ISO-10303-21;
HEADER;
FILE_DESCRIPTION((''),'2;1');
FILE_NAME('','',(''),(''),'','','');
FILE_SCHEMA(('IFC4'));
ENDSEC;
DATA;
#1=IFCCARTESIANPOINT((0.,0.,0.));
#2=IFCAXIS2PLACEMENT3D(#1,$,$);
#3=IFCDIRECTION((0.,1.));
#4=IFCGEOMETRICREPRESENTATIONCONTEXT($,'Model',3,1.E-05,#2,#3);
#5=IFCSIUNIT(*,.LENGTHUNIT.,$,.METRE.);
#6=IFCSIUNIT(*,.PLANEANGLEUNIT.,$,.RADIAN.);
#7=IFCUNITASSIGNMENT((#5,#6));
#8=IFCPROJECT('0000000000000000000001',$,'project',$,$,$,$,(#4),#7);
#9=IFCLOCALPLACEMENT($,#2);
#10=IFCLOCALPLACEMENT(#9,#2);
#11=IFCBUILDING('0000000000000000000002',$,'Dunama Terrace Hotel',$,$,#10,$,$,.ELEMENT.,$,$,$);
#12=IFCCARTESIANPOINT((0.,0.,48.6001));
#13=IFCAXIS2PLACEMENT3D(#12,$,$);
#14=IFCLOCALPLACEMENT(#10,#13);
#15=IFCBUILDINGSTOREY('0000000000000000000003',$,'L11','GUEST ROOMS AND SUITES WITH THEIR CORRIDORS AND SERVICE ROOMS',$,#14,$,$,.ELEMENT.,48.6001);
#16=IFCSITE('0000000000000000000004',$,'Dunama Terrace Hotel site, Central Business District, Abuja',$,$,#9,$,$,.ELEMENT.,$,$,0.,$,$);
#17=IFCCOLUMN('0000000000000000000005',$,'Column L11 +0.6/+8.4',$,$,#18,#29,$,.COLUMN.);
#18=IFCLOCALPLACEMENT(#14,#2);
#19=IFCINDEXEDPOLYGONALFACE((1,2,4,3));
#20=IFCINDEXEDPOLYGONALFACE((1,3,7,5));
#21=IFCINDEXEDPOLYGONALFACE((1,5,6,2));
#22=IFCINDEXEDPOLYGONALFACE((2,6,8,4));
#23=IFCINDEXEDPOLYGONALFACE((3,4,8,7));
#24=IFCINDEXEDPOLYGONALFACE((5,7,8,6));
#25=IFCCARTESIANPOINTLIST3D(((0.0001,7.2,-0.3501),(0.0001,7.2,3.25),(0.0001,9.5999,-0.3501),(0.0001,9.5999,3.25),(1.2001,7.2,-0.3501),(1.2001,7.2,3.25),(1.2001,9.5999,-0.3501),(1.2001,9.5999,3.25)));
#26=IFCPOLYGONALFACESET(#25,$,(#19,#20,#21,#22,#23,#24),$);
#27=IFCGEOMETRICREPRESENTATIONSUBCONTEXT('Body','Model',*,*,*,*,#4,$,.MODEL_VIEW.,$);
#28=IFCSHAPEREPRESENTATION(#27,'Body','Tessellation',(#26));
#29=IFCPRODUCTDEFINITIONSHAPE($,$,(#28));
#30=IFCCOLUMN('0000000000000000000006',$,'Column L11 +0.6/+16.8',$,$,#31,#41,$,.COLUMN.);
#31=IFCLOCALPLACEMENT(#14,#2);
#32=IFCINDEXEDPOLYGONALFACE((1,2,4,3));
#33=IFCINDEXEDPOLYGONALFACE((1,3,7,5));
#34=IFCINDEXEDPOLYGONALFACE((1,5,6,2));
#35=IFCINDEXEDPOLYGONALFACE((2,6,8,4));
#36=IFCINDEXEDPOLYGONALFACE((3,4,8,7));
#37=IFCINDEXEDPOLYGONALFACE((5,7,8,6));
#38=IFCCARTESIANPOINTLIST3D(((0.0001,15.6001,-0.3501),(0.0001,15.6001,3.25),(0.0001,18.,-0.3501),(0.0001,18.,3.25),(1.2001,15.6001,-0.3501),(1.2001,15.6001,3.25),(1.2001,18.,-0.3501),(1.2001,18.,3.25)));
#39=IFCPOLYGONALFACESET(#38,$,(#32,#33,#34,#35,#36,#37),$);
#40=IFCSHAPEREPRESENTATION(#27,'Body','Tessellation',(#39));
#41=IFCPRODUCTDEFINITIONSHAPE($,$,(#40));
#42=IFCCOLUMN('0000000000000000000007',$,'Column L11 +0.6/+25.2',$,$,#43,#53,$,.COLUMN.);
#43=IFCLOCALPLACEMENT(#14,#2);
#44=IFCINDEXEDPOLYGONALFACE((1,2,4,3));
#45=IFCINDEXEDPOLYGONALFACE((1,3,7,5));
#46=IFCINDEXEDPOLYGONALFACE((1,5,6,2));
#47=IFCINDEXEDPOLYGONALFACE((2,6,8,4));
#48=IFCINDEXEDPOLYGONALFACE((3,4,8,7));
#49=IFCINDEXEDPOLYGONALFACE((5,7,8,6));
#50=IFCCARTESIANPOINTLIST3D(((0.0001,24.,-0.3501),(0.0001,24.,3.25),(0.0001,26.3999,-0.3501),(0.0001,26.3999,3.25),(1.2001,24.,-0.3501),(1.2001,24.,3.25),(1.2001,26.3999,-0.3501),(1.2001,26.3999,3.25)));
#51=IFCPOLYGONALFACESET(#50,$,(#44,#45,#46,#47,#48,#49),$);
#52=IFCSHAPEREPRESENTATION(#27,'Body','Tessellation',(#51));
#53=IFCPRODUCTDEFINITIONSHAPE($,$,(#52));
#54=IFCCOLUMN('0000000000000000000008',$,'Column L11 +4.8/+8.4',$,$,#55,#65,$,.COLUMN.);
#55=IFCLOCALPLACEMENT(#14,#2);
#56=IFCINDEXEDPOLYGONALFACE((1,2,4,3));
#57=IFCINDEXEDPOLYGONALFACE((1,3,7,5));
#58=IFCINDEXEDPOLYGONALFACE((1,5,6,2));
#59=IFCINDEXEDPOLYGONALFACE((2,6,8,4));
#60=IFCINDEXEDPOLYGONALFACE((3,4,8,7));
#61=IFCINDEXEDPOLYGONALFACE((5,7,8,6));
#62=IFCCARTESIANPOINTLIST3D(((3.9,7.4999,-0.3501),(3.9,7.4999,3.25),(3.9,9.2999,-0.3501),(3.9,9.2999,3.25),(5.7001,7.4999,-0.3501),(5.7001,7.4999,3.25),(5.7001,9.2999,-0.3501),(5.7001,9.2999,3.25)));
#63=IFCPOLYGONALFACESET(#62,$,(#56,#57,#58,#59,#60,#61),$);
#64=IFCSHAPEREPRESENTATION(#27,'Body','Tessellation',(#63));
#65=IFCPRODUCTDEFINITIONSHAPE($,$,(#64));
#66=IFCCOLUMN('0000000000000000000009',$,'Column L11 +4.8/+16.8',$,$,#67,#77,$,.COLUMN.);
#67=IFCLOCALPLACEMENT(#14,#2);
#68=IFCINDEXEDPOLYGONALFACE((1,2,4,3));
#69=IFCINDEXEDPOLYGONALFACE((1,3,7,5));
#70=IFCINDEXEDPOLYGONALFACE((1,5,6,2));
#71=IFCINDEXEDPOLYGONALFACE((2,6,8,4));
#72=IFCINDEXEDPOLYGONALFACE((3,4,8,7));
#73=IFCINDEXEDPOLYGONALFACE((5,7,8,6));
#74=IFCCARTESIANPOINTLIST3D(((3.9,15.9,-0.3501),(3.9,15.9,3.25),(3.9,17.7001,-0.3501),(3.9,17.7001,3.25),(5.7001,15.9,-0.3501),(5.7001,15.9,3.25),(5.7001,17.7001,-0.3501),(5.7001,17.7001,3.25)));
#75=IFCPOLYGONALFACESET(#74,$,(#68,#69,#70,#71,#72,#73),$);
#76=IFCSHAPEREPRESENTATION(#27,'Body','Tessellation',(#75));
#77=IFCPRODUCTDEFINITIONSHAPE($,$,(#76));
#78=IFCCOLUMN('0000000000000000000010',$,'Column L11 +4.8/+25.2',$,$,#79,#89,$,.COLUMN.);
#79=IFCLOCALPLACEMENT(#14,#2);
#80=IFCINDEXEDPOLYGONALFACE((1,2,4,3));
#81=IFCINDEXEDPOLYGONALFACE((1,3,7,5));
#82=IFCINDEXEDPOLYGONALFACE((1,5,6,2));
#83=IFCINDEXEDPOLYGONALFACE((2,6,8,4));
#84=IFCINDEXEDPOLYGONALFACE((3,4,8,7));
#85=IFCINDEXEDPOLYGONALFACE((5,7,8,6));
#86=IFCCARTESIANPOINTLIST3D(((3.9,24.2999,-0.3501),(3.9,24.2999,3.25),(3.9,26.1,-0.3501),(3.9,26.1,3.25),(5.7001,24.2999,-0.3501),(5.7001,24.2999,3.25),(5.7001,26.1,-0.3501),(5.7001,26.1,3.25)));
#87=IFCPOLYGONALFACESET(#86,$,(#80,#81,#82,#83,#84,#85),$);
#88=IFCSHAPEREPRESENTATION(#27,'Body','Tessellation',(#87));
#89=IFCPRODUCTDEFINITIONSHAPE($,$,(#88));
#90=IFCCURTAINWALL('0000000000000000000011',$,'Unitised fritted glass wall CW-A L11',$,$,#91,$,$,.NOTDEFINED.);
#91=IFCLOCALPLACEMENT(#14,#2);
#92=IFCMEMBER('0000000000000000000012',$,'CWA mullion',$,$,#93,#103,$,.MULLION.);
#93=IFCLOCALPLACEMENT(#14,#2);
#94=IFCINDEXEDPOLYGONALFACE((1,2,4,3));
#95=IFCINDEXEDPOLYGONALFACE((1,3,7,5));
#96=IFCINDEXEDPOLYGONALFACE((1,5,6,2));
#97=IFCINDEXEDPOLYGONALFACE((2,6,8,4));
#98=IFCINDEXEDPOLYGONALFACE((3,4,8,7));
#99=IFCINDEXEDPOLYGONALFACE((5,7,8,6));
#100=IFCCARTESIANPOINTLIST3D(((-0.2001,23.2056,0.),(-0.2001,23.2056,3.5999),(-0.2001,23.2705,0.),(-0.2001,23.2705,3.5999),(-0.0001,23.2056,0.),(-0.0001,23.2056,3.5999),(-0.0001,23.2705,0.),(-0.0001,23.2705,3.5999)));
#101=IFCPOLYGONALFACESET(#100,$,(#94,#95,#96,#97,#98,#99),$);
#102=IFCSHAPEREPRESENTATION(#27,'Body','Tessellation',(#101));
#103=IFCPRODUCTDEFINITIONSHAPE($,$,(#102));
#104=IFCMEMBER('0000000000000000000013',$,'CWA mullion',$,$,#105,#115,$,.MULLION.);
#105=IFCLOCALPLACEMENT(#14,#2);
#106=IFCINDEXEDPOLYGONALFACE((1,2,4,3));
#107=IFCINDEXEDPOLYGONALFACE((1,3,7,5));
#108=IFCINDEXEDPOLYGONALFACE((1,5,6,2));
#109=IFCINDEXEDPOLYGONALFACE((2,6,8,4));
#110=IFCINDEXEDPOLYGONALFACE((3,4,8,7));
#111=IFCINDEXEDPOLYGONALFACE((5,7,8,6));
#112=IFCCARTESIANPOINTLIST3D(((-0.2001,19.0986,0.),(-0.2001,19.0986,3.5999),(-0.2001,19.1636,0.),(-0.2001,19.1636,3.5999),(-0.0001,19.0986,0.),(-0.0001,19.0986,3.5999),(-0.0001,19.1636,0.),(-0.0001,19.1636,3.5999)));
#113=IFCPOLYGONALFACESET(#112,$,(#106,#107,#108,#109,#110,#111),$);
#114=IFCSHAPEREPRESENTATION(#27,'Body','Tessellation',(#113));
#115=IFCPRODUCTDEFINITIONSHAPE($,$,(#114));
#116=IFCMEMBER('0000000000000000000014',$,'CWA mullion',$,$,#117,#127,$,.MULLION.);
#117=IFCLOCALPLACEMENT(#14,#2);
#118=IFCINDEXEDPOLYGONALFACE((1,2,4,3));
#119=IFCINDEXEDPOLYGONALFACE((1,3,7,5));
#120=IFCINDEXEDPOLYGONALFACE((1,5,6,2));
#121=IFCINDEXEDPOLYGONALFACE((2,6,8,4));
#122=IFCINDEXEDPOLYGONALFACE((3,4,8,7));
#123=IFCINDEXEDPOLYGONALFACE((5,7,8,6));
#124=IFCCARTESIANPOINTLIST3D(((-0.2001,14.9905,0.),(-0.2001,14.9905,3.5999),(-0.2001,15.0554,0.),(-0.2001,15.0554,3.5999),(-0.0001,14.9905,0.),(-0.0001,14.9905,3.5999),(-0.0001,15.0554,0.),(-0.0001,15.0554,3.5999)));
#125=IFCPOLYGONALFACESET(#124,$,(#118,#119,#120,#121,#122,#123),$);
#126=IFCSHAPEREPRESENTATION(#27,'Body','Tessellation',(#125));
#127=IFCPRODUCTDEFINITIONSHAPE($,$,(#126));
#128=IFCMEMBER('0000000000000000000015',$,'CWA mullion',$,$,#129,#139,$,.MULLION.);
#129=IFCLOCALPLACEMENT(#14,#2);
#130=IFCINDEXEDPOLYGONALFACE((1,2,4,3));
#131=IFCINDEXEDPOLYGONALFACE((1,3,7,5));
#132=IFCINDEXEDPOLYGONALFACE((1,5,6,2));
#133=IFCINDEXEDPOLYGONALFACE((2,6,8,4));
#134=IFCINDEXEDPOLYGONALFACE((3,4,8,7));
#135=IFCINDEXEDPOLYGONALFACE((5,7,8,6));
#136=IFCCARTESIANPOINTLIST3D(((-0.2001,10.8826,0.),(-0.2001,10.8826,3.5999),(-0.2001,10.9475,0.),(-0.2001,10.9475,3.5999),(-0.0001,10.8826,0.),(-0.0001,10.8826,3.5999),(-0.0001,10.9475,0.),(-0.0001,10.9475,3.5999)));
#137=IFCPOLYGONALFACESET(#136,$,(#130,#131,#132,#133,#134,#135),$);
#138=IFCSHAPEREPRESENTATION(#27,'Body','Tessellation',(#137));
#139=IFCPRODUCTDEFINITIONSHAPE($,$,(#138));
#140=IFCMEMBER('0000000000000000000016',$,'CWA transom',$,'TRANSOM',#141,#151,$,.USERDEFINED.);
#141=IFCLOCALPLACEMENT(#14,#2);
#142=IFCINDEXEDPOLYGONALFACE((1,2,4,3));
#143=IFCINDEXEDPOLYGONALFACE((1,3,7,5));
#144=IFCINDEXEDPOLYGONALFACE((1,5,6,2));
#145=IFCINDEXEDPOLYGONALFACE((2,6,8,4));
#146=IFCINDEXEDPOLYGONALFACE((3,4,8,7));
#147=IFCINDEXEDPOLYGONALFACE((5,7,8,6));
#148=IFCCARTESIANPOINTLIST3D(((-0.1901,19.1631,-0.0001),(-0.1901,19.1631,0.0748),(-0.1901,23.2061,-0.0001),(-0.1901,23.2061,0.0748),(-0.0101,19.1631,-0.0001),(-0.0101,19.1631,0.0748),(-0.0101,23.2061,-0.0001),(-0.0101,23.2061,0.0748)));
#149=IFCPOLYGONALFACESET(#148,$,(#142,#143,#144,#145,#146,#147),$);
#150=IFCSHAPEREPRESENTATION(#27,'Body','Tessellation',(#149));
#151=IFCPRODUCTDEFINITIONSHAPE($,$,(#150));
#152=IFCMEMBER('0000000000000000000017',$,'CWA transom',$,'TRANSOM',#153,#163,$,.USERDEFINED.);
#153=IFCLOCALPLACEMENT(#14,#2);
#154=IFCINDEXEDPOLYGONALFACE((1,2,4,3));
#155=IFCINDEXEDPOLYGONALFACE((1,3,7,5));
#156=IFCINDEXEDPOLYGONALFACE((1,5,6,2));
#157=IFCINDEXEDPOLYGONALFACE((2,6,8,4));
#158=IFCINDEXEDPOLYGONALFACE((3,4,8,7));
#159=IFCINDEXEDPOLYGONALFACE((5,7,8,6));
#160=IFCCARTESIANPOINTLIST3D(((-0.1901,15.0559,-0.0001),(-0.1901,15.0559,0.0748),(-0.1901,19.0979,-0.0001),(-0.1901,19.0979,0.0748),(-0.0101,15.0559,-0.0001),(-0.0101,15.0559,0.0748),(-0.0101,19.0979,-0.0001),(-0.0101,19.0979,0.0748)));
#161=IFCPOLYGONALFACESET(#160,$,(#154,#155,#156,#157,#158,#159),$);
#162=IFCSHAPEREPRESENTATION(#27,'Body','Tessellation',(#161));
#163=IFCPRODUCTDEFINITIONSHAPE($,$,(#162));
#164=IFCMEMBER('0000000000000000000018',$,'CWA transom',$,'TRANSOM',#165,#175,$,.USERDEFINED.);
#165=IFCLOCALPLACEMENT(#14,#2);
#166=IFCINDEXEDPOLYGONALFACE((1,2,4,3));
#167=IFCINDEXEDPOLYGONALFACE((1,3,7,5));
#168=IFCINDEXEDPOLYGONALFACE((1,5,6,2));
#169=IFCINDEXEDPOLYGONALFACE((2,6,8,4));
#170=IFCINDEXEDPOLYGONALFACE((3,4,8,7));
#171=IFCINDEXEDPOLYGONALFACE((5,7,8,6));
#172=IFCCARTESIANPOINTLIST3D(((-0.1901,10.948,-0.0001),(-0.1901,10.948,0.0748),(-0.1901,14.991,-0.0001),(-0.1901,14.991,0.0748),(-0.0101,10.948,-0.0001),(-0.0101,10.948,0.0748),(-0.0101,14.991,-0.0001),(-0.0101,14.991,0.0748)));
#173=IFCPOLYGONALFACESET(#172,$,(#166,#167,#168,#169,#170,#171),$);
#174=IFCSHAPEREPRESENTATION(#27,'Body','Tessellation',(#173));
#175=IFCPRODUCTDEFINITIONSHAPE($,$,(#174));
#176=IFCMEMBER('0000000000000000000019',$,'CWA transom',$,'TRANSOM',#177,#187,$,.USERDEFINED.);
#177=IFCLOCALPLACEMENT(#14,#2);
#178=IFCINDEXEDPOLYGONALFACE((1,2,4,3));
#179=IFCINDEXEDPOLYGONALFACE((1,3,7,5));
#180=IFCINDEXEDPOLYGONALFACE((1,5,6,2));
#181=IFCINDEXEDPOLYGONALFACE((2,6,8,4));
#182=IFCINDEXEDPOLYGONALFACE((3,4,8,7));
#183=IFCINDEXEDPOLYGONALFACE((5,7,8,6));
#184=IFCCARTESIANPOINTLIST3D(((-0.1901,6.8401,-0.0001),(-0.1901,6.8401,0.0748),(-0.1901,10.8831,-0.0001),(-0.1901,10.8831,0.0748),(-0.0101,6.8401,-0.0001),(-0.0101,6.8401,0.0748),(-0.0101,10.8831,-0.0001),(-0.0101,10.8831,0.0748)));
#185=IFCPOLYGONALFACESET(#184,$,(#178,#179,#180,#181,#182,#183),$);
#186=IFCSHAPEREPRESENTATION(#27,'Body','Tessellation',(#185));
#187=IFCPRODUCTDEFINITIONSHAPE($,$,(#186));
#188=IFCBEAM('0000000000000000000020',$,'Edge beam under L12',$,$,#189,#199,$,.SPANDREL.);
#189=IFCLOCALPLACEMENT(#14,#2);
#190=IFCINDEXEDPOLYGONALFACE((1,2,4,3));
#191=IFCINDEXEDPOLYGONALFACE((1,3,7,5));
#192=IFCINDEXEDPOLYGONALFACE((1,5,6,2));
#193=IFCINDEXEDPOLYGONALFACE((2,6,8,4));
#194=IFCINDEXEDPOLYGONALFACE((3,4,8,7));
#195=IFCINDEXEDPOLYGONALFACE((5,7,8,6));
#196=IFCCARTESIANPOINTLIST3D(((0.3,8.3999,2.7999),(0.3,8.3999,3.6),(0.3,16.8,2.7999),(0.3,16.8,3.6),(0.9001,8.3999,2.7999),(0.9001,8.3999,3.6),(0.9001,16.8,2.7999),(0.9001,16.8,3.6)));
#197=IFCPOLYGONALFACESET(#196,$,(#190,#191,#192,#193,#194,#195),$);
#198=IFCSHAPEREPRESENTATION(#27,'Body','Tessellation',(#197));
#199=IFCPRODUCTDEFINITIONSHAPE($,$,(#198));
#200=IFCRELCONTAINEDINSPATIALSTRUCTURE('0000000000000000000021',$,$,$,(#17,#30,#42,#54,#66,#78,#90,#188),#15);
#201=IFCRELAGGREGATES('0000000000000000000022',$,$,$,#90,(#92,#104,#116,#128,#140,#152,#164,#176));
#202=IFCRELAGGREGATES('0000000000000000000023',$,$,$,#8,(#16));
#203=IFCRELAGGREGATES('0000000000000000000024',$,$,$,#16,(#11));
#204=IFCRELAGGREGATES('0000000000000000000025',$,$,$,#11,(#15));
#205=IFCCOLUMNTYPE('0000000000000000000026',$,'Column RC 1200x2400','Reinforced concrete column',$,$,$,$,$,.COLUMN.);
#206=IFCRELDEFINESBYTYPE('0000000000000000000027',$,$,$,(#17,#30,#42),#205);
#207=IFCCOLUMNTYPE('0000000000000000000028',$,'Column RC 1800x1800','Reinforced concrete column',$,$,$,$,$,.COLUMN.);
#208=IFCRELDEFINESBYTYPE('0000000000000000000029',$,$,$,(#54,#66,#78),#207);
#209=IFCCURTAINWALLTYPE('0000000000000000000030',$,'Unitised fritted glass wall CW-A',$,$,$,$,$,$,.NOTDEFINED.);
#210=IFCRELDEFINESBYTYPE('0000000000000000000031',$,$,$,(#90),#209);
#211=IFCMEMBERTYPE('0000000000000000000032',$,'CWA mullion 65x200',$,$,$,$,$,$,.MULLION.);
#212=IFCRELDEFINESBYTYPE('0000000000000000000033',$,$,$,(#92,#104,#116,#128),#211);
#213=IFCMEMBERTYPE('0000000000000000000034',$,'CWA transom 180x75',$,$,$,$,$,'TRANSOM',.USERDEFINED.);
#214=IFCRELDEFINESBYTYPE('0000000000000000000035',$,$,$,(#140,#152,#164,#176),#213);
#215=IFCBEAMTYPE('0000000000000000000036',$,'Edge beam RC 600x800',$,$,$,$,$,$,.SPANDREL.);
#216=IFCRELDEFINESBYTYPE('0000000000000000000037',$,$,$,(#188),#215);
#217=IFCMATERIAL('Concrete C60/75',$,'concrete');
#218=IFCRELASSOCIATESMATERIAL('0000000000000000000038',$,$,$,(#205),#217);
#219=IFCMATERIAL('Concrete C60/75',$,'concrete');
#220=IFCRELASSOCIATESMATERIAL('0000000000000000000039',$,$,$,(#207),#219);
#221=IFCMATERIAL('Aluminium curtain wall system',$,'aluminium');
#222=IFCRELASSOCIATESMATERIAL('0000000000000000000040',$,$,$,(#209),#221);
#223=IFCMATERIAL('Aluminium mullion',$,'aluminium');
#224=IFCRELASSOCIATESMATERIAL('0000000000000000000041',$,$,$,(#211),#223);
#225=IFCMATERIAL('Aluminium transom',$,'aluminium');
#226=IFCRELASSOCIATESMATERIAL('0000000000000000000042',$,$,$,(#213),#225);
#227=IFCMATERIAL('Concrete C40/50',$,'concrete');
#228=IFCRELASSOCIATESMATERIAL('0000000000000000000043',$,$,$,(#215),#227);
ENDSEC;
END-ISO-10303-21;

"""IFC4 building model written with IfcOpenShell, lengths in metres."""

from ifc_helpers import new_model, si_unit, direction, frame, origin, origin_2d, place, context, subcontext, project, spatial, rectangle, extrude, material, material_profile, profile_set, type_object, element, aggregate, save


model = new_model("IFC4")

# Units and contexts
model_context = context("Model", 3, precision=1e-05, world=origin(), true_north=direction((0.0, 1.0)))
body_context = subcontext(model_context, "Body", "Model", "MODEL_VIEW")
ifc_project = project(units=[si_unit("LENGTHUNIT", "METRE"), si_unit("PLANEANGLEUNIT", "RADIAN")], contexts=[model_context])

# Site, building, storey
site_placement = place(None, origin())
site = spatial("IfcSite", under=ifc_project, at=site_placement, Name="Dunama Terrace Hotel site, Central Business District, Abuja", CompositionType="ELEMENT", RefElevation=0.0)
building_placement = place(site_placement, origin())
building = spatial("IfcBuilding", under=site, at=building_placement, Name="Dunama Terrace Hotel", CompositionType="ELEMENT")
storey_placement = place(building_placement, frame((0.0, 0.0, 48.6001)))
storey = spatial("IfcBuildingStorey", under=building, at=storey_placement, Name="L11", Description="GUEST ROOMS AND SUITES WITH THEIR CORRIDORS AND SERVICE ROOMS", CompositionType="ELEMENT", Elevation=48.6001)

# Columns
ifc_material_1 = material(Name="Concrete C60/75", Category="concrete")
ifc_material_profile_1 = material_profile(ifc_material_1, rectangle(XDim=1.2, YDim=2.3999, at=origin_2d()), Name="RC 1200x2400")
ifc_profile_set_1 = profile_set([ifc_material_profile_1], Name="Concrete C60/75")
column_type_1 = type_object("IfcColumnType", Name="Column RC 1200x2400", Description="Reinforced concrete column", PredefinedType="COLUMN", material=ifc_profile_set_1)
for number, where, z_axis, x_axis, name in (
    (1, (0.6001, 8.3999, -0.3501), (0.0, 0.0, 1.0), (1.0, 0.0, 0.0), "Column L11 +0.6/+8.4"),
    (2, (0.6001, 16.8, -0.3501), (0.0, 0.0, 1.0), (1.0, 0.0, 0.0), "Column L11 +0.6/+16.8"),
    (3, (0.6001, 25.2, -0.3501), (0.0, 0.0, 1.0), (1.0, 0.0, 0.0), "Column L11 +0.6/+25.2"),
):
    element("IfcColumn", number, at=place(storey_placement, frame(where, z_axis=z_axis, x_axis=x_axis)), inside=storey, type_object=column_type_1, Name=name, PredefinedType="COLUMN", context=body_context, shape_type="SweptSolid", body=[
        extrude(rectangle(XDim=1.2, YDim=2.3999, at=origin_2d()), origin(), (0.0, 0.0, 1.0), 3.6001),
    ])
ifc_material_2 = material(Name="Concrete C60/75", Category="concrete")
ifc_material_profile_2 = material_profile(ifc_material_2, rectangle(XDim=1.8, YDim=1.8, at=origin_2d()), Name="RC 1800x1800")
ifc_profile_set_2 = profile_set([ifc_material_profile_2], Name="Concrete C60/75")
column_type_2 = type_object("IfcColumnType", Name="Column RC 1800x1800", Description="Reinforced concrete column", PredefinedType="COLUMN", material=ifc_profile_set_2)
for number, where, z_axis, x_axis, name in (
    (4, (4.8, 8.3999, -0.3501), (0.0, 0.0, 1.0), (1.0, 0.0, 0.0), "Column L11 +4.8/+8.4"),
    (5, (4.8, 16.8, -0.3501), (0.0, 0.0, 1.0), (1.0, 0.0, 0.0), "Column L11 +4.8/+16.8"),
    (6, (4.8, 25.2, -0.3501), (0.0, 0.0, 1.0), (1.0, 0.0, 0.0), "Column L11 +4.8/+25.2"),
):
    element("IfcColumn", number, at=place(storey_placement, frame(where, z_axis=z_axis, x_axis=x_axis)), inside=storey, type_object=column_type_2, Name=name, PredefinedType="COLUMN", context=body_context, shape_type="SweptSolid", body=[
        extrude(rectangle(XDim=1.8, YDim=1.8, at=origin_2d()), origin(), (0.0, 0.0, 1.0), 3.6001),
    ])

# Curtain wall, members
ifc_material_3 = material(Name="Aluminium curtain wall system", Category="aluminium")
curtain_wall_type = type_object("IfcCurtainWallType", Name="Unitised fritted glass wall CW-A", PredefinedType="NOTDEFINED", material=ifc_material_3)
curtain_wall_placement = place(storey_placement, origin())
curtain_wall = element("IfcCurtainWall", 7, at=curtain_wall_placement, inside=storey, type_object=curtain_wall_type, Name="Unitised fritted glass wall CW-A L11", PredefinedType="NOTDEFINED")
ifc_material_4 = material(Name="Aluminium mullion", Category="aluminium")
ifc_material_profile_3 = material_profile(ifc_material_4, rectangle(XDim=0.0649, YDim=0.2, at=origin_2d()), Name="CWA MULLION 65X200")
ifc_profile_set_3 = profile_set([ifc_material_profile_3], Name="Aluminium mullion")
member_type_1 = type_object("IfcMemberType", Name="CWA mullion 65x200", PredefinedType="MULLION", material=ifc_profile_set_3)
member_1_placement = place(storey_placement, frame((-0.1001, 23.238, 0.0), z_axis=(0.0, 0.0, 1.0), x_axis=(0.0, -1.0, 0.0)))
member_1 = element("IfcMember", 8, at=member_1_placement, type_object=member_type_1, Name="CWA mullion", PredefinedType="MULLION", context=body_context, shape_type="SweptSolid", body=[
    extrude(rectangle(XDim=0.0649, YDim=0.2, at=origin_2d()), origin(), (0.0, 0.0, 1.0), 3.5999),
])
member_2_placement = place(storey_placement, frame((-0.1001, 19.1311, 0.0), z_axis=(0.0, 0.0, 1.0), x_axis=(0.0, -1.0, 0.0)))
member_2 = element("IfcMember", 9, at=member_2_placement, type_object=member_type_1, Name="CWA mullion", PredefinedType="MULLION", context=body_context, shape_type="SweptSolid", body=[
    extrude(rectangle(XDim=0.0649, YDim=0.2, at=origin_2d()), origin(), (0.0, 0.0, 1.0), 3.5999),
])
member_3_placement = place(storey_placement, frame((-0.1001, 15.0229, 0.0), z_axis=(0.0, 0.0, 1.0), x_axis=(0.0, -1.0, 0.0)))
member_3 = element("IfcMember", 10, at=member_3_placement, type_object=member_type_1, Name="CWA mullion", PredefinedType="MULLION", context=body_context, shape_type="SweptSolid", body=[
    extrude(rectangle(XDim=0.0649, YDim=0.2, at=origin_2d()), origin(), (0.0, 0.0, 1.0), 3.5999),
])
member_4_placement = place(storey_placement, frame((-0.1001, 10.915, 0.0), z_axis=(0.0, 0.0, 1.0), x_axis=(0.0, -1.0, 0.0)))
member_4 = element("IfcMember", 11, at=member_4_placement, type_object=member_type_1, Name="CWA mullion", PredefinedType="MULLION", context=body_context, shape_type="SweptSolid", body=[
    extrude(rectangle(XDim=0.0649, YDim=0.2, at=origin_2d()), origin(), (0.0, 0.0, 1.0), 3.5999),
])
ifc_material_5 = material(Name="Aluminium transom", Category="aluminium")
ifc_material_profile_4 = material_profile(ifc_material_5, rectangle(XDim=0.1799, YDim=0.075, at=origin_2d()), Name="CWA TRANSOM 180X75")
ifc_profile_set_4 = profile_set([ifc_material_profile_4], Name="Aluminium transom")
member_type_2 = type_object("IfcMemberType", Name="CWA transom 180x75", ElementType="TRANSOM", PredefinedType="USERDEFINED", material=ifc_profile_set_4)
member_5_placement = place(storey_placement, frame((-0.1001, 23.2061, 0.0374), z_axis=(0.0, -1.0, 0.0), x_axis=(1.0, 0.0, 0.0)))
member_5 = element("IfcMember", 12, at=member_5_placement, type_object=member_type_2, Name="CWA transom", ObjectType="TRANSOM", PredefinedType="USERDEFINED", context=body_context, shape_type="SweptSolid", body=[
    extrude(rectangle(XDim=0.1799, YDim=0.075, at=origin_2d()), origin(), (0.0, 0.0, 1.0), 4.043),
])
member_6_placement = place(storey_placement, frame((-0.1001, 19.0979, 0.0374), z_axis=(0.0, -1.0, 0.0), x_axis=(1.0, 0.0, 0.0)))
member_6 = element("IfcMember", 13, at=member_6_placement, type_object=member_type_2, Name="CWA transom", ObjectType="TRANSOM", PredefinedType="USERDEFINED", context=body_context, shape_type="SweptSolid", body=[
    extrude(rectangle(XDim=0.1799, YDim=0.075, at=origin_2d()), origin(), (0.0, 0.0, 1.0), 4.042),
])
member_7_placement = place(storey_placement, frame((-0.1001, 14.991, 0.0374), z_axis=(0.0, -1.0, 0.0), x_axis=(1.0, 0.0, 0.0)))
member_7 = element("IfcMember", 14, at=member_7_placement, type_object=member_type_2, Name="CWA transom", ObjectType="TRANSOM", PredefinedType="USERDEFINED", context=body_context, shape_type="SweptSolid", body=[
    extrude(rectangle(XDim=0.1799, YDim=0.075, at=origin_2d()), origin(), (0.0, 0.0, 1.0), 4.043),
])
member_8_placement = place(storey_placement, frame((-0.1001, 10.8831, 0.0374), z_axis=(0.0, -1.0, 0.0), x_axis=(1.0, 0.0, 0.0)))
member_8 = element("IfcMember", 15, at=member_8_placement, type_object=member_type_2, Name="CWA transom", ObjectType="TRANSOM", PredefinedType="USERDEFINED", context=body_context, shape_type="SweptSolid", body=[
    extrude(rectangle(XDim=0.1799, YDim=0.075, at=origin_2d()), origin(), (0.0, 0.0, 1.0), 4.043),
])

# Beam
ifc_material_6 = material(Name="Concrete C40/50", Category="concrete")
ifc_material_profile_5 = material_profile(ifc_material_6, rectangle(XDim=0.6001, YDim=0.8, at=origin_2d()), Name="RC 600x800")
ifc_profile_set_5 = profile_set([ifc_material_profile_5], Name="Concrete C40/50")
beam_type = type_object("IfcBeamType", Name="Edge beam RC 600x800", PredefinedType="SPANDREL", material=ifc_profile_set_5)
beam_1_placement = place(storey_placement, frame((0.6001, 8.3999, 3.2), z_axis=(0.0, 1.0, 0.0), x_axis=(-1.0, 0.0, 0.0)))
element("IfcBeam", 16, at=beam_1_placement, inside=storey, type_object=beam_type, Name="Edge beam under L12", PredefinedType="SPANDREL", context=body_context, shape_type="SweptSolid", body=[
    extrude(rectangle(XDim=0.6001, YDim=0.8, at=origin_2d()), origin(), (0.0, 0.0, 1.0), 8.4001),
])

aggregate(curtain_wall, [member_1, member_2, member_3, member_4, member_5, member_6, member_7, member_8])

save(model, "model.ifc")
